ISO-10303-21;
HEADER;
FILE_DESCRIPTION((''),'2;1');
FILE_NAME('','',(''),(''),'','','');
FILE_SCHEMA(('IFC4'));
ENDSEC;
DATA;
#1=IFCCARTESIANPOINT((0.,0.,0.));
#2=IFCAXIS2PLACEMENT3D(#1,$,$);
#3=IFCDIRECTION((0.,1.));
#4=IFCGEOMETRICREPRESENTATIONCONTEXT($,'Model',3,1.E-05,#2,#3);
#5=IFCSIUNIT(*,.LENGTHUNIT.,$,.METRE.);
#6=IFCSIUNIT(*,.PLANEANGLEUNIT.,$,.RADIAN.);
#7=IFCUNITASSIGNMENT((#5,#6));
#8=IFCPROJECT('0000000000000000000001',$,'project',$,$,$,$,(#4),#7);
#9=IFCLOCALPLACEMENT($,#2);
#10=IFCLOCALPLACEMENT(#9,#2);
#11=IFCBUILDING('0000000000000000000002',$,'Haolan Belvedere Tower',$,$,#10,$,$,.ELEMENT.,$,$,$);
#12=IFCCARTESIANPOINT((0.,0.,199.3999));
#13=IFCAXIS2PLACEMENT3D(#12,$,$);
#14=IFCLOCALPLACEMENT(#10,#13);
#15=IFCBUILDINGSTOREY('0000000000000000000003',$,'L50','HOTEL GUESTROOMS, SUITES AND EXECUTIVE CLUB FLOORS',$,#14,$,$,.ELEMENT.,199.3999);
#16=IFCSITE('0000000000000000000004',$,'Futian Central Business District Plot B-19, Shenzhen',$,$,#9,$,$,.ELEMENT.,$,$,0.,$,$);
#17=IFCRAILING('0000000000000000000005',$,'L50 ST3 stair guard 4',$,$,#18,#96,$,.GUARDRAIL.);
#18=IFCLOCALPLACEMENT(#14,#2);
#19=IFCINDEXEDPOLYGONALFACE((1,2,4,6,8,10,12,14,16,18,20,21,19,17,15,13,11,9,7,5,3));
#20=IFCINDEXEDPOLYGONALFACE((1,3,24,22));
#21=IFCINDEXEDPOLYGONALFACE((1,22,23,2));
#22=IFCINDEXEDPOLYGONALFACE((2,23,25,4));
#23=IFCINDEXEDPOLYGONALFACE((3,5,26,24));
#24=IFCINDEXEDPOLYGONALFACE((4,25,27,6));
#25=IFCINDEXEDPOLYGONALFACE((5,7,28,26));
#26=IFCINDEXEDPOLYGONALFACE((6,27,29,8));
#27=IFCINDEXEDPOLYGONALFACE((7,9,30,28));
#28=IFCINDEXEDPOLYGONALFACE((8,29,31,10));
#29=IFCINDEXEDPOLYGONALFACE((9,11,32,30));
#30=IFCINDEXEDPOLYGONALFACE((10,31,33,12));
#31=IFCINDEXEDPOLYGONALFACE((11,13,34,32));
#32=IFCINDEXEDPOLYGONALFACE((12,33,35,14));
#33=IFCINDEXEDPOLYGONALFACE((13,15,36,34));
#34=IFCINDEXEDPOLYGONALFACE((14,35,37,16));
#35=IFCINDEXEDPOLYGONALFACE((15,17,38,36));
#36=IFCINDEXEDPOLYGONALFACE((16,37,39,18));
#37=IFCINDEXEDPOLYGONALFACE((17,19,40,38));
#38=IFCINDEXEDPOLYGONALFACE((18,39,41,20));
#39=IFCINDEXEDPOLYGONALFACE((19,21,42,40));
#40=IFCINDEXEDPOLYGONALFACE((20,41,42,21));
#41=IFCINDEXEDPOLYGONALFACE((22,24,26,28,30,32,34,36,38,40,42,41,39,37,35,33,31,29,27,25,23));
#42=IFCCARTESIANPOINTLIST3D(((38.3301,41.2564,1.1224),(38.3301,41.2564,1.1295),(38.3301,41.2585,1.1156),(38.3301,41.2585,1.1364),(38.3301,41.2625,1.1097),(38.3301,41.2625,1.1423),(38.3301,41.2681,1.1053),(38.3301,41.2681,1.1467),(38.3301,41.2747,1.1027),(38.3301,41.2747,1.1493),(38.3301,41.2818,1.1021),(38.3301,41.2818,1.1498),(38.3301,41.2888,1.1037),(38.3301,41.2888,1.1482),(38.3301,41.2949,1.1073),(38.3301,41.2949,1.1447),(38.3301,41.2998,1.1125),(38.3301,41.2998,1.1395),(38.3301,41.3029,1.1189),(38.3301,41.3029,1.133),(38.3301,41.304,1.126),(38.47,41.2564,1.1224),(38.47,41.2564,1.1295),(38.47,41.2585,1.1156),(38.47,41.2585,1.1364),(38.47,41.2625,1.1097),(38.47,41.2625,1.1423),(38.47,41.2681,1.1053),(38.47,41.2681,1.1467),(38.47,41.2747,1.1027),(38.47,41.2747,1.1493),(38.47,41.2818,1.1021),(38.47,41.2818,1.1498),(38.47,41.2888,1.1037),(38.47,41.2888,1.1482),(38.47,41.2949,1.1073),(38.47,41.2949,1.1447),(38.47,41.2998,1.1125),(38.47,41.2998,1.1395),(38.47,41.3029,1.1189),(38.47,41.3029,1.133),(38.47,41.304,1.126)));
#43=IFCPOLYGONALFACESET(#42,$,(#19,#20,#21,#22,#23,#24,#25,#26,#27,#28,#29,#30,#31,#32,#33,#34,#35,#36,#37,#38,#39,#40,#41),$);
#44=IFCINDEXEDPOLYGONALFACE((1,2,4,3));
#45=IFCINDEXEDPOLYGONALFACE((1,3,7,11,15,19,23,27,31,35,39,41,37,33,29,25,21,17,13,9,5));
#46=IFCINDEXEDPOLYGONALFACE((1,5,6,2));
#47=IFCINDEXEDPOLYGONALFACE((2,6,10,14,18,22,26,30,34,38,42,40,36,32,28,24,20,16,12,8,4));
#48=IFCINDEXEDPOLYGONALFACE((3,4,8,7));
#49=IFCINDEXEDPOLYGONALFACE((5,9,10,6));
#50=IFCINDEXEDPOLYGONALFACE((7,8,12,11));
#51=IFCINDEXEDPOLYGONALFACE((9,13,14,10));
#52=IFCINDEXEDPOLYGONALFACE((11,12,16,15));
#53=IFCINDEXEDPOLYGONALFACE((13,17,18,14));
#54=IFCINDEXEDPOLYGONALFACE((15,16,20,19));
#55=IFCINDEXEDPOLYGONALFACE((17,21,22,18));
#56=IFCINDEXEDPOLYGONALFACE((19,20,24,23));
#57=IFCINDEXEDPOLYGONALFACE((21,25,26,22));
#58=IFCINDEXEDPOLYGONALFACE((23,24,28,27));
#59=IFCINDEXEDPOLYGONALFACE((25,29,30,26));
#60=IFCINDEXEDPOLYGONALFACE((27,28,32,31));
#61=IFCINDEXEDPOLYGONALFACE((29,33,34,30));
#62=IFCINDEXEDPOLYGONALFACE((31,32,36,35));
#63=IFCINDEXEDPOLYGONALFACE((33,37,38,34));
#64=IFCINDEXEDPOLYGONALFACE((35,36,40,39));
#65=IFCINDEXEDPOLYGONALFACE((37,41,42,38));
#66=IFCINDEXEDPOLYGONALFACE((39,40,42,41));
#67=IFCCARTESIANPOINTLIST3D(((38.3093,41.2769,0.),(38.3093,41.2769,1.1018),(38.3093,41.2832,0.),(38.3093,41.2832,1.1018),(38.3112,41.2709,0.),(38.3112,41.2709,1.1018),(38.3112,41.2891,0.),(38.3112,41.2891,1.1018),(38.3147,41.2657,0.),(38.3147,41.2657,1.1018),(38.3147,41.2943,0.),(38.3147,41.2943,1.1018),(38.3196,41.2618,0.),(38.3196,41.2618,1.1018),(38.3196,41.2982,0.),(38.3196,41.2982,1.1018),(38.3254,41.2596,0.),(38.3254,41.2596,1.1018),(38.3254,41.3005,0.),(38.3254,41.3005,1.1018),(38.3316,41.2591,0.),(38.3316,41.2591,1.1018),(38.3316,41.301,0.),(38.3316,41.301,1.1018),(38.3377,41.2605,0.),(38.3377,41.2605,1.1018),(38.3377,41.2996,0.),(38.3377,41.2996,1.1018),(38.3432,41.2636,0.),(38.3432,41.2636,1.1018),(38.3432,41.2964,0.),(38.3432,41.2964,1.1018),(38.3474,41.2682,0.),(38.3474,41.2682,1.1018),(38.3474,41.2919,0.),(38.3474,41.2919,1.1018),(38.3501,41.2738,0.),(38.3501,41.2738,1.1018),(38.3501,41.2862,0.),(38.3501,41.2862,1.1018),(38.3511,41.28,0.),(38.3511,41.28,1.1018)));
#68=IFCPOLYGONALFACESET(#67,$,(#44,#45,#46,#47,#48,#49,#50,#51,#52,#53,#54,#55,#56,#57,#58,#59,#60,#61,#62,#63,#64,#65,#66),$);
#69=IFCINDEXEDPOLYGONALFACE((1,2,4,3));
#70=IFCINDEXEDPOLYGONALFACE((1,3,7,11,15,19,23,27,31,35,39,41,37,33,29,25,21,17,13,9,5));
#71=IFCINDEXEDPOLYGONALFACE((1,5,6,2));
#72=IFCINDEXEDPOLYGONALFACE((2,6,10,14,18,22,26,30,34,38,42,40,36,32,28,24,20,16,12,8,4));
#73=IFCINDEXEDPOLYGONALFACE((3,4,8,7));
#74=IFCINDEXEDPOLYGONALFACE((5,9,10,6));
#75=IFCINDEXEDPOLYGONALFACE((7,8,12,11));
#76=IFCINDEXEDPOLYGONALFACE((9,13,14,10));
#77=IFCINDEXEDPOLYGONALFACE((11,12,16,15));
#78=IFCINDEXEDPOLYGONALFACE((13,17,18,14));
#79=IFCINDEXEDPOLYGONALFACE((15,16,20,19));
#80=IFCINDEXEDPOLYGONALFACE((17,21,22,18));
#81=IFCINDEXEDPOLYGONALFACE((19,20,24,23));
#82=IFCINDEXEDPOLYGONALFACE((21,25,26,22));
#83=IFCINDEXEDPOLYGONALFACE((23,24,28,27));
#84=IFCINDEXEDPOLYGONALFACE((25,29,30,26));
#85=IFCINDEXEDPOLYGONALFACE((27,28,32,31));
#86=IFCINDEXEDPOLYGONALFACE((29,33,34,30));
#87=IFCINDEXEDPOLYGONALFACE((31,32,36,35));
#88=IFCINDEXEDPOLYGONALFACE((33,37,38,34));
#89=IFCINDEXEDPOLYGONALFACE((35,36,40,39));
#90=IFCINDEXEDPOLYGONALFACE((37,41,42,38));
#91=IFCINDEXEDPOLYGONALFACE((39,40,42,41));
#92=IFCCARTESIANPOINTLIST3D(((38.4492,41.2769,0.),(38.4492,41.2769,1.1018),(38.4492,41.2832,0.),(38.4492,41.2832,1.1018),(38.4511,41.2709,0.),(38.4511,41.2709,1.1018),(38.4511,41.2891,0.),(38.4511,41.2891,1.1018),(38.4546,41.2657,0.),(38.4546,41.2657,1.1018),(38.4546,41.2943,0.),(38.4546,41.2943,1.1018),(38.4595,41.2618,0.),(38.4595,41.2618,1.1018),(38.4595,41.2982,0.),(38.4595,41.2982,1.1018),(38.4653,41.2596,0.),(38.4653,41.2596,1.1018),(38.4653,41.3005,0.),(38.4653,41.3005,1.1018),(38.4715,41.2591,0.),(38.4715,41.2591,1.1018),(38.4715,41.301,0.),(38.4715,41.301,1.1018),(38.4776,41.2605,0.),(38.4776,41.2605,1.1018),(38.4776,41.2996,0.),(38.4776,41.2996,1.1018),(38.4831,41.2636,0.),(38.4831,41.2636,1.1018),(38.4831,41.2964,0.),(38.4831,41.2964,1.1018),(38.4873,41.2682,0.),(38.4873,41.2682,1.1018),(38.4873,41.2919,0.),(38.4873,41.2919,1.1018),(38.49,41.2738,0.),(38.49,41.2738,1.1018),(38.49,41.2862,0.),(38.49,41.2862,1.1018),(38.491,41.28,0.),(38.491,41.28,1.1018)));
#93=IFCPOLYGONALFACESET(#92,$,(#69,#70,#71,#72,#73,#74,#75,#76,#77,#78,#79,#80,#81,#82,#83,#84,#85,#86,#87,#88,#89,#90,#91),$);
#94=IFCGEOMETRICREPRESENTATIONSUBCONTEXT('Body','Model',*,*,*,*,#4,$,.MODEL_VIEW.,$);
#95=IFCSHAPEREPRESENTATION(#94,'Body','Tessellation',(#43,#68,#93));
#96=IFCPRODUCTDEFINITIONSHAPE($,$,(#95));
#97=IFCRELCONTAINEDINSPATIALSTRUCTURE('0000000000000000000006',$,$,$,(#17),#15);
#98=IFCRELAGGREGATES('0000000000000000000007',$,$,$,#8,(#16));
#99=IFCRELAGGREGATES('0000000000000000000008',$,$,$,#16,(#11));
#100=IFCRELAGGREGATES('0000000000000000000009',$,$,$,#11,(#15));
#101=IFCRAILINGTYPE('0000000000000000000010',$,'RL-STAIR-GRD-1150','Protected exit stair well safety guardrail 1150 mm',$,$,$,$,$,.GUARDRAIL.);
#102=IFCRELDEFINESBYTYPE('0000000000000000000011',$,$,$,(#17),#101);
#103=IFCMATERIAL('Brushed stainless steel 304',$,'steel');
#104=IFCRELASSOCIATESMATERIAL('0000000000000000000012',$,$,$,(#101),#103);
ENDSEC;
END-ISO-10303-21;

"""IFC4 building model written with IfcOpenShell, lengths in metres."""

from ifc_helpers import new_model, si_unit, direction, frame, origin, origin_2d, place, context, subcontext, project, spatial, circle, extrude, material, type_object, element, save


model = new_model("IFC4")

# Units and contexts
model_context = context("Model", 3, precision=1e-05, world=origin(), true_north=direction((0.0, 1.0)))
body_context = subcontext(model_context, "Body", "Model", "MODEL_VIEW")
ifc_project = project(units=[si_unit("LENGTHUNIT", "METRE"), si_unit("PLANEANGLEUNIT", "RADIAN")], contexts=[model_context])

# Site, building, storey
site_placement = place(None, origin())
site = spatial("IfcSite", under=ifc_project, at=site_placement, Name="Futian Central Business District Plot B-19, Shenzhen", CompositionType="ELEMENT", RefElevation=0.0)
building_placement = place(site_placement, origin())
building = spatial("IfcBuilding", under=site, at=building_placement, Name="Haolan Belvedere Tower", CompositionType="ELEMENT")
storey_placement = place(building_placement, frame((0.0, 0.0, 199.3999)))
storey = spatial("IfcBuildingStorey", under=building, at=storey_placement, Name="L50", Description="HOTEL GUESTROOMS, SUITES AND EXECUTIVE CLUB FLOORS", CompositionType="ELEMENT", Elevation=199.3999)

# Railing
ifc_material_1 = material(Name="Brushed stainless steel 304", Category="steel")
railing_type_1 = type_object("IfcRailingType", Name="RL-STAIR-GRD-1150", Description="Protected exit stair well safety guardrail 1150 mm", PredefinedType="GUARDRAIL", material=ifc_material_1)
railing_1_placement = place(storey_placement, frame((38.3301, 41.28, 0.0)))
element("IfcRailing", 1, at=railing_1_placement, inside=storey, type_object=railing_type_1, Name="L50 ST3 stair guard 4", PredefinedType="GUARDRAIL", context=body_context, shape_type="SweptSolid", body=[
    extrude(circle(Radius=0.0239, at=origin_2d()), frame((0.0, 0.0, 1.126), z_axis=(1.0, 0.0, 0.0), x_axis=(0.0, 1.0, 0.0)), (0.0, 0.0, 1.0), 0.1399),
    extrude(circle(Radius=0.021, at=origin_2d()), origin(), (0.0, 0.0, 1.0), 1.1018),
    extrude(circle(Radius=0.021, at=origin_2d()), frame((0.1399, 0.0, 0.0)), (0.0, 0.0, 1.0), 1.1018),
])

save(model, "model.ifc")
